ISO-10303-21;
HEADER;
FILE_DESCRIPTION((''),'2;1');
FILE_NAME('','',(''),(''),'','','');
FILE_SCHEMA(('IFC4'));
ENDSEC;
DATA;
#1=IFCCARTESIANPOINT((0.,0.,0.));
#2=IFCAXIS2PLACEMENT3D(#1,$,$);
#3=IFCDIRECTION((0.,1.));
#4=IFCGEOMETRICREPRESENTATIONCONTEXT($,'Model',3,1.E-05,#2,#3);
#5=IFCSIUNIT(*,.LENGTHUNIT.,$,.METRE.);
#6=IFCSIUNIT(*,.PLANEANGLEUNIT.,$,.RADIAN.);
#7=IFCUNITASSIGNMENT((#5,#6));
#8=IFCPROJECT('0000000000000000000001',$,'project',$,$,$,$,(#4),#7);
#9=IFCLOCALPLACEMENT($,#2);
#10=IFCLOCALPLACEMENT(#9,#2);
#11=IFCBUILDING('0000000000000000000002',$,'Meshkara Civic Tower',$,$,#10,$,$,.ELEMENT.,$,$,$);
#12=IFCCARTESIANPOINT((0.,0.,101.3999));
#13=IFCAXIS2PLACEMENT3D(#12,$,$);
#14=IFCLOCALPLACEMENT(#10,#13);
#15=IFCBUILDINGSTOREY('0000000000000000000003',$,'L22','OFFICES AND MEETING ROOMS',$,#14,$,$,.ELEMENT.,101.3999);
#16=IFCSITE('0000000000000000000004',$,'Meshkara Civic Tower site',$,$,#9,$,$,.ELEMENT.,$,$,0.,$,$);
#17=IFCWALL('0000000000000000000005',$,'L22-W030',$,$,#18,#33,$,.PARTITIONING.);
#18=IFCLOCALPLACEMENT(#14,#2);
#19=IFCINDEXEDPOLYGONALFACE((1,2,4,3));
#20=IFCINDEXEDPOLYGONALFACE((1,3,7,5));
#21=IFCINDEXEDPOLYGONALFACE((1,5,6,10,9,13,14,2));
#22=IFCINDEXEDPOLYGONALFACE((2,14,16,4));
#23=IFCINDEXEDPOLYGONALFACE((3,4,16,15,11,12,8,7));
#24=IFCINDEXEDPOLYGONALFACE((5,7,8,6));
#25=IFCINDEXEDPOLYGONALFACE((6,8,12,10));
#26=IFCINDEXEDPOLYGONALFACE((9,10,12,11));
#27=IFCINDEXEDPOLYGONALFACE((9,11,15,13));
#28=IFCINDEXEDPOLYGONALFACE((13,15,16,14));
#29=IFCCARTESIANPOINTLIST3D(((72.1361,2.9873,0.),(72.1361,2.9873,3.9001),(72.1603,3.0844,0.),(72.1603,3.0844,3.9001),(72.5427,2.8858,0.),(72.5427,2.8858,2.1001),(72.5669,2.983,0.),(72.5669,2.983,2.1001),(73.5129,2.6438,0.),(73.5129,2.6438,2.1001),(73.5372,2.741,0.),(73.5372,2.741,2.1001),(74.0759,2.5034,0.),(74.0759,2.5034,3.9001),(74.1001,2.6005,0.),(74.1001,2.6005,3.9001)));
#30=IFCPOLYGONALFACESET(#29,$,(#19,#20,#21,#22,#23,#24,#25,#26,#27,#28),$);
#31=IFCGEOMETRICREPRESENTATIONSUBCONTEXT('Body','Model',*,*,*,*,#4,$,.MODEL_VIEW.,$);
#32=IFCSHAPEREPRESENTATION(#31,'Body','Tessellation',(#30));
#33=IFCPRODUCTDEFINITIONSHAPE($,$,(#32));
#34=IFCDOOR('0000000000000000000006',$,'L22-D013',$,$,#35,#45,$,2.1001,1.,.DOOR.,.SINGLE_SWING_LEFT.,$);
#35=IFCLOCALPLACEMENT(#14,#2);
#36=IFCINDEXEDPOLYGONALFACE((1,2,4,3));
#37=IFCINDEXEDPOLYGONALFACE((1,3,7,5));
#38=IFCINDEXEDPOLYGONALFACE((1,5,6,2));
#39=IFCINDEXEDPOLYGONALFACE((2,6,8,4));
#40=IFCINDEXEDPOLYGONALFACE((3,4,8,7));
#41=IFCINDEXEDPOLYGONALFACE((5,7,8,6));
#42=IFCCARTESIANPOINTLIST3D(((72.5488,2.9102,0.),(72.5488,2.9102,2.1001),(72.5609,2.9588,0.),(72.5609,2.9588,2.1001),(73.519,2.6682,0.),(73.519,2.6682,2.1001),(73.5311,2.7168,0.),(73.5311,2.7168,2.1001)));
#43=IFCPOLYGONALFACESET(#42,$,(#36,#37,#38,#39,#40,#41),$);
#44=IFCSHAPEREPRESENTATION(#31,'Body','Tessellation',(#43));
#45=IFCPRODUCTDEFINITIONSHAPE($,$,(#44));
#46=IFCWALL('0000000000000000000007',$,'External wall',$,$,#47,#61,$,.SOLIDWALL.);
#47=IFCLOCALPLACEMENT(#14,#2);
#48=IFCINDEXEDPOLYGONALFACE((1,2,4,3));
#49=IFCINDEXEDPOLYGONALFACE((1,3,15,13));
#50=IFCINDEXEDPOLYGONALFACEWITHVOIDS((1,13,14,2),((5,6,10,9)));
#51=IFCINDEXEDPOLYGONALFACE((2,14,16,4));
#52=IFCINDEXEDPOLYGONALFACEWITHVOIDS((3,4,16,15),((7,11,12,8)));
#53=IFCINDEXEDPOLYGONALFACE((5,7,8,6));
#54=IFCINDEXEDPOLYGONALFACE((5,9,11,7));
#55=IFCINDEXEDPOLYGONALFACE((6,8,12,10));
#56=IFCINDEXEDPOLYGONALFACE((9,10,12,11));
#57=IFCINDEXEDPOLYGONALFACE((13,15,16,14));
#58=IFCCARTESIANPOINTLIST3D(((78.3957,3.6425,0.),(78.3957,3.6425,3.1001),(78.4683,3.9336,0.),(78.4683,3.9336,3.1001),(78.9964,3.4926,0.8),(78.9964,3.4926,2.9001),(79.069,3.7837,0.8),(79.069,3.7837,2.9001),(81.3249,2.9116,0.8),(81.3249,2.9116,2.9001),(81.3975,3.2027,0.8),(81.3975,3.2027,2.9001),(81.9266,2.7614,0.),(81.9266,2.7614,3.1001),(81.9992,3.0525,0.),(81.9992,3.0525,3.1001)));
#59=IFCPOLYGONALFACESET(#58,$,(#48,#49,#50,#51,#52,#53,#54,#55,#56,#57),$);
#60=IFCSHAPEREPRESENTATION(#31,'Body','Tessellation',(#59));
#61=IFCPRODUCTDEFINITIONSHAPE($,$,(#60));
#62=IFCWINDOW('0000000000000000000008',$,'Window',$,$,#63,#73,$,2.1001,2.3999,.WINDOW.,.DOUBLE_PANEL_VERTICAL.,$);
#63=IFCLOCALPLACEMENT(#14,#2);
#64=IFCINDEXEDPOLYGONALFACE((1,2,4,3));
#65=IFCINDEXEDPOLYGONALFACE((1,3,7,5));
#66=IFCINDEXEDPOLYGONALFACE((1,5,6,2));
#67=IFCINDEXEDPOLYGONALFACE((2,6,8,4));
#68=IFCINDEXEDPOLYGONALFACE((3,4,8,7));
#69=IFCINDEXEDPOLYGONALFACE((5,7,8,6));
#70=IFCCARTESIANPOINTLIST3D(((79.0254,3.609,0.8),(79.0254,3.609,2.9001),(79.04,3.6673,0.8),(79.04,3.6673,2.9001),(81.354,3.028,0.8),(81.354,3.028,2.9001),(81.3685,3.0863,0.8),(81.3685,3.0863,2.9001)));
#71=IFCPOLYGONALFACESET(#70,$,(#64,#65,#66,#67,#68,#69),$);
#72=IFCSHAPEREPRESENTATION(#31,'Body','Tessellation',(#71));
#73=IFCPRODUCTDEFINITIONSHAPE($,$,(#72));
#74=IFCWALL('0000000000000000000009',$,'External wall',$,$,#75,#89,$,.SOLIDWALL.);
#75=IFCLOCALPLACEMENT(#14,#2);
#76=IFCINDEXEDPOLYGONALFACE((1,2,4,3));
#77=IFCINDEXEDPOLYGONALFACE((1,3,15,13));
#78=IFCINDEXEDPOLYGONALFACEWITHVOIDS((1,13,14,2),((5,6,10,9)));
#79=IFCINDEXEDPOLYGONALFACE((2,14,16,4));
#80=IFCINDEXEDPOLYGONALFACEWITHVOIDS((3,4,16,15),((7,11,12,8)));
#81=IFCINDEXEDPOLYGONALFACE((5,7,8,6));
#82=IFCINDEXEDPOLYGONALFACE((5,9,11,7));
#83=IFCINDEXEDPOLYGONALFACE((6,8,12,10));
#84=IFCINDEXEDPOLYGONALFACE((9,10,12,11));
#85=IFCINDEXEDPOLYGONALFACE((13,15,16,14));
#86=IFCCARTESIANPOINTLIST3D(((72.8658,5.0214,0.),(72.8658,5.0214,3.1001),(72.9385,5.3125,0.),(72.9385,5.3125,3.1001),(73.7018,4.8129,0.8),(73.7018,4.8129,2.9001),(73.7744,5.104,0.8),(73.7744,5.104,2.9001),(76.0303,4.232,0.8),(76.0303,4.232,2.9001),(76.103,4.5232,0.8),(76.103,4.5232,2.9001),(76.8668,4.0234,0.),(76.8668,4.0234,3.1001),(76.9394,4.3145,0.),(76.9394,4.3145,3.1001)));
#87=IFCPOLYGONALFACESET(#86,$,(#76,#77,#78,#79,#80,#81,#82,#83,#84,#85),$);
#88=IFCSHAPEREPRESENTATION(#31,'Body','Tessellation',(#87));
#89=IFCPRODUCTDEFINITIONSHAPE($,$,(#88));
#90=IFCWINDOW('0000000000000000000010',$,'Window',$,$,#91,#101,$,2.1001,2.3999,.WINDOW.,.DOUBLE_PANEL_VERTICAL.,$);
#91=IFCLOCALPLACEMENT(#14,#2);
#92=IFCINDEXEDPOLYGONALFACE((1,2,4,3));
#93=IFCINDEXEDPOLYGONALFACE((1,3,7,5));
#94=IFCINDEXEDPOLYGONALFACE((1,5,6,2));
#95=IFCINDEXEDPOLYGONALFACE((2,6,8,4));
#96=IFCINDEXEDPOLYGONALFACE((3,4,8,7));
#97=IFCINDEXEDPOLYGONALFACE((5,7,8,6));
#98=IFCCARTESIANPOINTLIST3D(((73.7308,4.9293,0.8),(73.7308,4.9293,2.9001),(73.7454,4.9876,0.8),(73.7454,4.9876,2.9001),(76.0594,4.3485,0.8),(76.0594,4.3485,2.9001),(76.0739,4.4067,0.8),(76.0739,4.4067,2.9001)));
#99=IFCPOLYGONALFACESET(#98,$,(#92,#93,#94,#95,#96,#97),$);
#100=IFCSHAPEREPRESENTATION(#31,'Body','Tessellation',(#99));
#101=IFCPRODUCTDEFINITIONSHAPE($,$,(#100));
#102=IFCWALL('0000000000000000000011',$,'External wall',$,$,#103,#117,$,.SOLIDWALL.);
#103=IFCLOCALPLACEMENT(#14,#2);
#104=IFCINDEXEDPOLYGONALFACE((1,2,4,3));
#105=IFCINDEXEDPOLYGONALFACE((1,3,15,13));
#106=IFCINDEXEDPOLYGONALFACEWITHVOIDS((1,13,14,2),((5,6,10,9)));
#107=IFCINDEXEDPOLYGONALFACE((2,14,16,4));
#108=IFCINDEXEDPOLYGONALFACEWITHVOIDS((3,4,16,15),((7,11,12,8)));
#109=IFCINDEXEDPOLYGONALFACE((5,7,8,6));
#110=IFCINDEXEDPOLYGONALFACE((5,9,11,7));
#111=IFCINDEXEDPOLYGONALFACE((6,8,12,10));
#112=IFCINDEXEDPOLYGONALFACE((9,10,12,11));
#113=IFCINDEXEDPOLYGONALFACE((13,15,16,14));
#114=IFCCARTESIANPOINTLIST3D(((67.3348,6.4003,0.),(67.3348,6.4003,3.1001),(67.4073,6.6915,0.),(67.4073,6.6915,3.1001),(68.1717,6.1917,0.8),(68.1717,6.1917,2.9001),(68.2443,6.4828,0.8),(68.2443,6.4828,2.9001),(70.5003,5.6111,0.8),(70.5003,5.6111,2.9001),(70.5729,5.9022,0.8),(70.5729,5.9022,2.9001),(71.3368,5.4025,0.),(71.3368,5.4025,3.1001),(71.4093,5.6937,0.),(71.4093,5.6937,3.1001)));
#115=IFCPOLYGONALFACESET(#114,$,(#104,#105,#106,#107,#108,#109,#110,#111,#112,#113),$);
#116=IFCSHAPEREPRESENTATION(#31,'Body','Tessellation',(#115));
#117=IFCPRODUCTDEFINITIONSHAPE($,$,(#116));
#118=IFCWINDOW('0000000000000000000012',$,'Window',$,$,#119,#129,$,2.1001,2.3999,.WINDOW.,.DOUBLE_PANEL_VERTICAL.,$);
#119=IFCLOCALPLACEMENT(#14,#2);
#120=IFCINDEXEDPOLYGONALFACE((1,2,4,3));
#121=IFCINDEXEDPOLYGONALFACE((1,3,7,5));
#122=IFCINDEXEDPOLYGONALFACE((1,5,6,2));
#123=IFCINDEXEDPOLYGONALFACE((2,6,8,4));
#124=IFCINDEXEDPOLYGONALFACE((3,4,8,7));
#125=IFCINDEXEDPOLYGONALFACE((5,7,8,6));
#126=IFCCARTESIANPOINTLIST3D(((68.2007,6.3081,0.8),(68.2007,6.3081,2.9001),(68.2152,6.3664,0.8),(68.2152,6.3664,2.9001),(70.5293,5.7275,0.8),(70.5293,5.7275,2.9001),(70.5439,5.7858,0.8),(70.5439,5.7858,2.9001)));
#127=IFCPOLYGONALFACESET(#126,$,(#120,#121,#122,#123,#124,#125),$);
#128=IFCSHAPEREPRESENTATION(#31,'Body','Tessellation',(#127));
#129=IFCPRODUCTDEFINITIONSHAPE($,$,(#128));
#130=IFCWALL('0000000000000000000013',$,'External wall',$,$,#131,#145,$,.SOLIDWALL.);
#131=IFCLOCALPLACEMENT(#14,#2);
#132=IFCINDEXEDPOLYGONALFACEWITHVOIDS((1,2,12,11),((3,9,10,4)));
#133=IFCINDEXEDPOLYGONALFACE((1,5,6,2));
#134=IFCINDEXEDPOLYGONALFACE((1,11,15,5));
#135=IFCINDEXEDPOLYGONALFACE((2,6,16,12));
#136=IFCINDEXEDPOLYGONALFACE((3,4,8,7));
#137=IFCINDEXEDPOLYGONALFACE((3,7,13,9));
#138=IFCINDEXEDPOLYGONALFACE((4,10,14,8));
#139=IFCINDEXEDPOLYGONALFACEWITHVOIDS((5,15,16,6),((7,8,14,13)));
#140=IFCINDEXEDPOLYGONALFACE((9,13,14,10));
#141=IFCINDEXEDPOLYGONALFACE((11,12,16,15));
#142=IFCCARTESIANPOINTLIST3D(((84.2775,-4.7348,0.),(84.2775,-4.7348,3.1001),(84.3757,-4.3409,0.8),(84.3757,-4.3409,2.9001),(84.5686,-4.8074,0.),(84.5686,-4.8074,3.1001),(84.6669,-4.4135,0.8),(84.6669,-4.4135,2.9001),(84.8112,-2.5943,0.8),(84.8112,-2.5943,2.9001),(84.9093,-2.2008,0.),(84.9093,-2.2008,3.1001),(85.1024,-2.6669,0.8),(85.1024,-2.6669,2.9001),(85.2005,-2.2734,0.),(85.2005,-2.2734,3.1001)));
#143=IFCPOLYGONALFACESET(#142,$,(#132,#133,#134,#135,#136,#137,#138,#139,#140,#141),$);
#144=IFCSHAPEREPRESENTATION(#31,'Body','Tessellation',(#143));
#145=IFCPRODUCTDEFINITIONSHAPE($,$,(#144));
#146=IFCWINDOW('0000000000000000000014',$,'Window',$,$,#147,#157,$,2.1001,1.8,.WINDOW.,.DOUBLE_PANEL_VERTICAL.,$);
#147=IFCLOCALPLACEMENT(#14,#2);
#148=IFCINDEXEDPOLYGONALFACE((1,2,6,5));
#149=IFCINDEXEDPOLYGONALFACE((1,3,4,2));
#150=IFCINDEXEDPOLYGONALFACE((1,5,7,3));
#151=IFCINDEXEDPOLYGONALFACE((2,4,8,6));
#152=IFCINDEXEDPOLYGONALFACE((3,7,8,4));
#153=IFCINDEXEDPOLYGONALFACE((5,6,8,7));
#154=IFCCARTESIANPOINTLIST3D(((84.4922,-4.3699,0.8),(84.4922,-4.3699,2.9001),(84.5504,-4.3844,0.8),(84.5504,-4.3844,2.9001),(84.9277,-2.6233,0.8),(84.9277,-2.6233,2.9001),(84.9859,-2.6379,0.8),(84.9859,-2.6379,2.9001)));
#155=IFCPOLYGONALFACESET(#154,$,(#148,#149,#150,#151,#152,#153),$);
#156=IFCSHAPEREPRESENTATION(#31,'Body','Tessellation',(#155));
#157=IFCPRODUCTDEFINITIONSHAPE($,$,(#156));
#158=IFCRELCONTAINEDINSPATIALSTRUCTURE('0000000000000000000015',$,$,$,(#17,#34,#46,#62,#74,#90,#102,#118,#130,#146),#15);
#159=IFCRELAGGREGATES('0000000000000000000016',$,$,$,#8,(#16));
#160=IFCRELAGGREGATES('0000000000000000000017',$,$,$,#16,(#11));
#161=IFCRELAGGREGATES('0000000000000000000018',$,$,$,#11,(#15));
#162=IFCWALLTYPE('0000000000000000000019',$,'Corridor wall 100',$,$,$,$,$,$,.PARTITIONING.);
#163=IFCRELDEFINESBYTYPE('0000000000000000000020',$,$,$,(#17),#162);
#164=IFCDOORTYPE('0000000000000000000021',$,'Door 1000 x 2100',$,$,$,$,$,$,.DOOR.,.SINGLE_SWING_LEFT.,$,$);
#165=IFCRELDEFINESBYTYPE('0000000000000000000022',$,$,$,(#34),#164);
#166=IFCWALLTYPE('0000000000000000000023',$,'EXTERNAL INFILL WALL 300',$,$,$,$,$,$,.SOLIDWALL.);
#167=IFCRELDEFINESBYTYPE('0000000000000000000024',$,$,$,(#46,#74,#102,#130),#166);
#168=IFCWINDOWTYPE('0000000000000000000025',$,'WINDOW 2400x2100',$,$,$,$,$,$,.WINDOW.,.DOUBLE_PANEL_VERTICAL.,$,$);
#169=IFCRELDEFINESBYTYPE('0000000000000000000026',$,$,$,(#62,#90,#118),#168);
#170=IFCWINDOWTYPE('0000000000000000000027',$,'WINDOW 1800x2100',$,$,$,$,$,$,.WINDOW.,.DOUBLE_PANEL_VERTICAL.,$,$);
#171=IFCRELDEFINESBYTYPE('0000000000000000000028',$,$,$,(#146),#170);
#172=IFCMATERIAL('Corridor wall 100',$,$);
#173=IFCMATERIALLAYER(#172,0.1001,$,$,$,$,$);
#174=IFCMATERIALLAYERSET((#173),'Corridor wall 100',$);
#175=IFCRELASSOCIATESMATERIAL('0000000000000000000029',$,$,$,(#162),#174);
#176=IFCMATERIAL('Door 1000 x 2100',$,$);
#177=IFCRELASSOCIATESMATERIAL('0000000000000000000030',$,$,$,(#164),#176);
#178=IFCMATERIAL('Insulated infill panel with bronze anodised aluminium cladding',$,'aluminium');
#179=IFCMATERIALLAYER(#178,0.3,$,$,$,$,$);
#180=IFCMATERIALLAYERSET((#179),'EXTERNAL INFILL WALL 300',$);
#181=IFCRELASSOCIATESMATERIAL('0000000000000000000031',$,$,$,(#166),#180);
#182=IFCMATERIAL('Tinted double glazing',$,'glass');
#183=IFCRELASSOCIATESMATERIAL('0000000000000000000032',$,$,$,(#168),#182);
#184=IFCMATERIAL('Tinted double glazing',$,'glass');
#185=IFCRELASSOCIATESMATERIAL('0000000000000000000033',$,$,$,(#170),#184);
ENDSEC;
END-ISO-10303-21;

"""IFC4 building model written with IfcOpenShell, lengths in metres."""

from ifc_helpers import new_model, si_unit, direction, frame, frame_2d, origin, place, context, subcontext, project, spatial, rectangle, extrude, material, layer, layer_set, type_object, element, fill, save


model = new_model("IFC4")

# Units and contexts
model_context = context("Model", 3, precision=1e-05, world=origin(), true_north=direction((0.0, 1.0)))
body_context = subcontext(model_context, "Body", "Model", "MODEL_VIEW")
ifc_project = project(units=[si_unit("LENGTHUNIT", "METRE"), si_unit("PLANEANGLEUNIT", "RADIAN")], contexts=[model_context])

# Site, building, storey
site_placement = place(None, origin())
site = spatial("IfcSite", under=ifc_project, at=site_placement, Name="Meshkara Civic Tower site", CompositionType="ELEMENT", RefElevation=0.0)
building_placement = place(site_placement, origin())
building = spatial("IfcBuilding", under=site, at=building_placement, Name="Meshkara Civic Tower", CompositionType="ELEMENT")
storey_placement = place(building_placement, frame((0.0, 0.0, 101.3999)))
storey = spatial("IfcBuildingStorey", under=building, at=storey_placement, Name="L22", Description="OFFICES AND MEETING ROOMS", CompositionType="ELEMENT", Elevation=101.3999)

# Shared definitions
ifc_material_1 = material(Name="Corridor wall 100")
ifc_layer_1 = layer(ifc_material_1, 0.1001)
ifc_layer_set_1 = layer_set([ifc_layer_1], Name="Corridor wall 100")
wall_type_1 = type_object("IfcWallType", Name="Corridor wall 100", PredefinedType="PARTITIONING", material=ifc_layer_set_1)
ifc_material_2 = material(Name="Door 1000 x 2100")
door_type = type_object("IfcDoorType", Name="Door 1000 x 2100", OperationType="SINGLE_SWING_LEFT", PredefinedType="DOOR", material=ifc_material_2)

# Wall, opening, door
wall_1_placement = place(storey_placement, frame((74.0879, 2.552, 0.0), z_axis=(0.0, 0.0, 1.0), x_axis=(-0.970272, 0.242018, 0.0)))
wall_1 = element("IfcWall", 1, at=wall_1_placement, inside=storey, type_object=wall_type_1, Name="L22-W030", PredefinedType="PARTITIONING", context=body_context, shape_type="SweptSolid", body=[
    extrude(rectangle(XDim=1.9993, YDim=0.1001, at=frame_2d((0.9995, 0.0))), origin(), (0.0, 0.0, 1.0), 3.9001),
])
opening_1_placement = place(wall_1_placement, frame((0.5801, 0.0, 0.0)))
opening_1 = element("IfcOpeningElement", 2, at=opening_1_placement, cuts=wall_1, PredefinedType="OPENING", context=body_context, shape_type="SweptSolid", body=[
    extrude(rectangle(XDim=1.0, YDim=2.1001, at=frame_2d((0.5, 1.05))), frame((0.0, 0.0601, 0.0), z_axis=(0.0, -1.0, 0.0), x_axis=(1.0, 0.0, 0.0)), (0.0, 0.0, 1.0), 0.1201),
])
door_1_placement = place(opening_1_placement, origin())
door_1 = element("IfcDoor", 3, at=door_1_placement, inside=storey, type_object=door_type, Name="L22-D013", OperationType="SINGLE_SWING_LEFT", OverallHeight=2.1001, OverallWidth=1.0, PredefinedType="DOOR", context=body_context, shape_type="SweptSolid", body=[
    extrude(rectangle(XDim=1.0, YDim=2.1001, at=frame_2d((0.5, 1.05))), frame((0.0, 0.0249, 0.0), z_axis=(0.0, -1.0, 0.0), x_axis=(1.0, 0.0, 0.0)), (0.0, 0.0, 1.0), 0.05),
])
fill(opening_1, door_1)

# Walls, openings, windows
ifc_material_3 = material(Name="Insulated infill panel with bronze anodised aluminium cladding", Category="aluminium")
ifc_layer_2 = layer(ifc_material_3, 0.3)
ifc_layer_set_2 = layer_set([ifc_layer_2], Name="EXTERNAL INFILL WALL 300")
wall_type_2 = type_object("IfcWallType", Name="EXTERNAL INFILL WALL 300", PredefinedType="SOLIDWALL", material=ifc_layer_set_2)
wall_2_placement = place(storey_placement, frame((81.9629, 2.907, 0.0), z_axis=(0.0, 0.0, 1.0), x_axis=(-0.970249, 0.242109, 0.0)))
wall_2 = element("IfcWall", 4, at=wall_2_placement, inside=storey, type_object=wall_type_2, Name="External wall", PredefinedType="SOLIDWALL", context=body_context, shape_type="SweptSolid", body=[
    extrude(rectangle(XDim=3.6392, YDim=0.3, at=frame_2d((1.8196, 0.0))), origin(), (0.0, 0.0, 1.0), 3.1001),
])
opening_2_placement = place(wall_2_placement, frame((0.6201, 0.0, 0.8)))
opening_2 = element("IfcOpeningElement", 5, at=opening_2_placement, cuts=wall_2, PredefinedType="OPENING", context=body_context, shape_type="SweptSolid", body=[
    extrude(rectangle(XDim=2.3999, YDim=2.1001, at=frame_2d((1.2, 1.05))), frame((0.0, 0.1599, 0.0), z_axis=(0.0, -1.0, 0.0), x_axis=(1.0, 0.0, 0.0)), (0.0, 0.0, 1.0), 0.3201),
])
ifc_material_4 = material(Name="Tinted double glazing", Category="glass")
window_type_1 = type_object("IfcWindowType", Name="WINDOW 2400x2100", PartitioningType="DOUBLE_PANEL_VERTICAL", PredefinedType="WINDOW", material=ifc_material_4)
window_1_placement = place(opening_2_placement, origin())
window_1 = element("IfcWindow", 6, at=window_1_placement, inside=storey, type_object=window_type_1, Name="Window", OverallHeight=2.1001, OverallWidth=2.3999, PartitioningType="DOUBLE_PANEL_VERTICAL", PredefinedType="WINDOW", context=body_context, shape_type="SweptSolid", body=[
    extrude(rectangle(XDim=2.3999, YDim=2.1001, at=frame_2d((1.2, 1.05))), frame((0.0, 0.03, 0.0), z_axis=(0.0, -1.0, 0.0), x_axis=(1.0, 0.0, 0.0)), (0.0, 0.0, 1.0), 0.0601),
])
fill(opening_2, window_1)
wall_3_placement = place(storey_placement, frame((76.9031, 4.1689, 0.0), z_axis=(0.0, 0.0, 1.0), x_axis=(-0.970268, 0.242034, 0.0)))
wall_3 = element("IfcWall", 7, at=wall_3_placement, inside=storey, type_object=wall_type_2, Name="External wall", PredefinedType="SOLIDWALL", context=body_context, shape_type="SweptSolid", body=[
    extrude(rectangle(XDim=4.1235, YDim=0.3, at=frame_2d((2.0618, 0.0))), origin(), (0.0, 0.0, 1.0), 3.1001),
])
opening_3_placement = place(wall_3_placement, frame((0.8621, 0.0, 0.8)))
opening_3 = element("IfcOpeningElement", 8, at=opening_3_placement, cuts=wall_3, PredefinedType="OPENING", context=body_context, shape_type="SweptSolid", body=[
    extrude(rectangle(XDim=2.3999, YDim=2.1001, at=frame_2d((1.2, 1.05))), frame((0.0, 0.1599, 0.0), z_axis=(0.0, -1.0, 0.0), x_axis=(1.0, 0.0, 0.0)), (0.0, 0.0, 1.0), 0.3201),
])
window_2_placement = place(opening_3_placement, origin())
window_2 = element("IfcWindow", 9, at=window_2_placement, inside=storey, type_object=window_type_1, Name="Window", OverallHeight=2.1001, OverallWidth=2.3999, PartitioningType="DOUBLE_PANEL_VERTICAL", PredefinedType="WINDOW", context=body_context, shape_type="SweptSolid", body=[
    extrude(rectangle(XDim=2.3999, YDim=2.1001, at=frame_2d((1.2, 1.05))), frame((0.0, 0.03, 0.0), z_axis=(0.0, -1.0, 0.0), x_axis=(1.0, 0.0, 0.0)), (0.0, 0.0, 1.0), 0.0601),
])
fill(opening_3, window_2)
wall_4_placement = place(storey_placement, frame((71.373, 5.5481, 0.0), z_axis=(0.0, 0.0, 1.0), x_axis=(-0.970296, 0.241923, 0.0)))
wall_4 = element("IfcWall", 10, at=wall_4_placement, inside=storey, type_object=wall_type_2, Name="External wall", PredefinedType="SOLIDWALL", context=body_context, shape_type="SweptSolid", body=[
    extrude(rectangle(XDim=4.1245, YDim=0.3, at=frame_2d((2.0623, 0.0))), origin(), (0.0, 0.0, 1.0), 3.1001),
])
opening_4_placement = place(wall_4_placement, frame((0.8621, 0.0, 0.8)))
opening_4 = element("IfcOpeningElement", 11, at=opening_4_placement, cuts=wall_4, PredefinedType="OPENING", context=body_context, shape_type="SweptSolid", body=[
    extrude(rectangle(XDim=2.3999, YDim=2.1001, at=frame_2d((1.2, 1.05))), frame((0.0, 0.1599, 0.0), z_axis=(0.0, -1.0, 0.0), x_axis=(1.0, 0.0, 0.0)), (0.0, 0.0, 1.0), 0.3201),
])
window_3_placement = place(opening_4_placement, origin())
window_3 = element("IfcWindow", 12, at=window_3_placement, inside=storey, type_object=window_type_1, Name="Window", OverallHeight=2.1001, OverallWidth=2.3999, PartitioningType="DOUBLE_PANEL_VERTICAL", PredefinedType="WINDOW", context=body_context, shape_type="SweptSolid", body=[
    extrude(rectangle(XDim=2.3999, YDim=2.1001, at=frame_2d((1.2, 1.05))), frame((0.0, 0.03, 0.0), z_axis=(0.0, -1.0, 0.0), x_axis=(1.0, 0.0, 0.0)), (0.0, 0.0, 1.0), 0.0601),
])
fill(opening_4, window_3)
wall_5_placement = place(storey_placement, frame((84.4231, -4.771, 0.0), z_axis=(0.0, 0.0, 1.0), x_axis=(0.241942, 0.970291, 0.0)))
wall_5 = element("IfcWall", 13, at=wall_5_placement, inside=storey, type_object=wall_type_2, Name="External wall", PredefinedType="SOLIDWALL", context=body_context, shape_type="SweptSolid", body=[
    extrude(rectangle(XDim=2.6116, YDim=0.3, at=frame_2d((1.3057, 0.0))), origin(), (0.0, 0.0, 1.0), 3.1001),
])
opening_5_placement = place(wall_5_placement, frame((0.406, 0.0, 0.8)))
opening_5 = element("IfcOpeningElement", 14, at=opening_5_placement, cuts=wall_5, PredefinedType="OPENING", context=body_context, shape_type="SweptSolid", body=[
    extrude(rectangle(XDim=1.8, YDim=2.1001, at=frame_2d((0.8999, 1.05))), frame((0.0, 0.1599, 0.0), z_axis=(0.0, -1.0, 0.0), x_axis=(1.0, 0.0, 0.0)), (0.0, 0.0, 1.0), 0.3201),
])
ifc_material_5 = material(Name="Tinted double glazing", Category="glass")
window_type_2 = type_object("IfcWindowType", Name="WINDOW 1800x2100", PartitioningType="DOUBLE_PANEL_VERTICAL", PredefinedType="WINDOW", material=ifc_material_5)
window_4_placement = place(opening_5_placement, origin())
window_4 = element("IfcWindow", 15, at=window_4_placement, inside=storey, type_object=window_type_2, Name="Window", OverallHeight=2.1001, OverallWidth=1.8, PartitioningType="DOUBLE_PANEL_VERTICAL", PredefinedType="WINDOW", context=body_context, shape_type="SweptSolid", body=[
    extrude(rectangle(XDim=1.8, YDim=2.1001, at=frame_2d((0.8999, 1.05))), frame((0.0, 0.03, 0.0), z_axis=(0.0, -1.0, 0.0), x_axis=(1.0, 0.0, 0.0)), (0.0, 0.0, 1.0), 0.0601),
])
fill(opening_5, window_4)

save(model, "model.ifc")
